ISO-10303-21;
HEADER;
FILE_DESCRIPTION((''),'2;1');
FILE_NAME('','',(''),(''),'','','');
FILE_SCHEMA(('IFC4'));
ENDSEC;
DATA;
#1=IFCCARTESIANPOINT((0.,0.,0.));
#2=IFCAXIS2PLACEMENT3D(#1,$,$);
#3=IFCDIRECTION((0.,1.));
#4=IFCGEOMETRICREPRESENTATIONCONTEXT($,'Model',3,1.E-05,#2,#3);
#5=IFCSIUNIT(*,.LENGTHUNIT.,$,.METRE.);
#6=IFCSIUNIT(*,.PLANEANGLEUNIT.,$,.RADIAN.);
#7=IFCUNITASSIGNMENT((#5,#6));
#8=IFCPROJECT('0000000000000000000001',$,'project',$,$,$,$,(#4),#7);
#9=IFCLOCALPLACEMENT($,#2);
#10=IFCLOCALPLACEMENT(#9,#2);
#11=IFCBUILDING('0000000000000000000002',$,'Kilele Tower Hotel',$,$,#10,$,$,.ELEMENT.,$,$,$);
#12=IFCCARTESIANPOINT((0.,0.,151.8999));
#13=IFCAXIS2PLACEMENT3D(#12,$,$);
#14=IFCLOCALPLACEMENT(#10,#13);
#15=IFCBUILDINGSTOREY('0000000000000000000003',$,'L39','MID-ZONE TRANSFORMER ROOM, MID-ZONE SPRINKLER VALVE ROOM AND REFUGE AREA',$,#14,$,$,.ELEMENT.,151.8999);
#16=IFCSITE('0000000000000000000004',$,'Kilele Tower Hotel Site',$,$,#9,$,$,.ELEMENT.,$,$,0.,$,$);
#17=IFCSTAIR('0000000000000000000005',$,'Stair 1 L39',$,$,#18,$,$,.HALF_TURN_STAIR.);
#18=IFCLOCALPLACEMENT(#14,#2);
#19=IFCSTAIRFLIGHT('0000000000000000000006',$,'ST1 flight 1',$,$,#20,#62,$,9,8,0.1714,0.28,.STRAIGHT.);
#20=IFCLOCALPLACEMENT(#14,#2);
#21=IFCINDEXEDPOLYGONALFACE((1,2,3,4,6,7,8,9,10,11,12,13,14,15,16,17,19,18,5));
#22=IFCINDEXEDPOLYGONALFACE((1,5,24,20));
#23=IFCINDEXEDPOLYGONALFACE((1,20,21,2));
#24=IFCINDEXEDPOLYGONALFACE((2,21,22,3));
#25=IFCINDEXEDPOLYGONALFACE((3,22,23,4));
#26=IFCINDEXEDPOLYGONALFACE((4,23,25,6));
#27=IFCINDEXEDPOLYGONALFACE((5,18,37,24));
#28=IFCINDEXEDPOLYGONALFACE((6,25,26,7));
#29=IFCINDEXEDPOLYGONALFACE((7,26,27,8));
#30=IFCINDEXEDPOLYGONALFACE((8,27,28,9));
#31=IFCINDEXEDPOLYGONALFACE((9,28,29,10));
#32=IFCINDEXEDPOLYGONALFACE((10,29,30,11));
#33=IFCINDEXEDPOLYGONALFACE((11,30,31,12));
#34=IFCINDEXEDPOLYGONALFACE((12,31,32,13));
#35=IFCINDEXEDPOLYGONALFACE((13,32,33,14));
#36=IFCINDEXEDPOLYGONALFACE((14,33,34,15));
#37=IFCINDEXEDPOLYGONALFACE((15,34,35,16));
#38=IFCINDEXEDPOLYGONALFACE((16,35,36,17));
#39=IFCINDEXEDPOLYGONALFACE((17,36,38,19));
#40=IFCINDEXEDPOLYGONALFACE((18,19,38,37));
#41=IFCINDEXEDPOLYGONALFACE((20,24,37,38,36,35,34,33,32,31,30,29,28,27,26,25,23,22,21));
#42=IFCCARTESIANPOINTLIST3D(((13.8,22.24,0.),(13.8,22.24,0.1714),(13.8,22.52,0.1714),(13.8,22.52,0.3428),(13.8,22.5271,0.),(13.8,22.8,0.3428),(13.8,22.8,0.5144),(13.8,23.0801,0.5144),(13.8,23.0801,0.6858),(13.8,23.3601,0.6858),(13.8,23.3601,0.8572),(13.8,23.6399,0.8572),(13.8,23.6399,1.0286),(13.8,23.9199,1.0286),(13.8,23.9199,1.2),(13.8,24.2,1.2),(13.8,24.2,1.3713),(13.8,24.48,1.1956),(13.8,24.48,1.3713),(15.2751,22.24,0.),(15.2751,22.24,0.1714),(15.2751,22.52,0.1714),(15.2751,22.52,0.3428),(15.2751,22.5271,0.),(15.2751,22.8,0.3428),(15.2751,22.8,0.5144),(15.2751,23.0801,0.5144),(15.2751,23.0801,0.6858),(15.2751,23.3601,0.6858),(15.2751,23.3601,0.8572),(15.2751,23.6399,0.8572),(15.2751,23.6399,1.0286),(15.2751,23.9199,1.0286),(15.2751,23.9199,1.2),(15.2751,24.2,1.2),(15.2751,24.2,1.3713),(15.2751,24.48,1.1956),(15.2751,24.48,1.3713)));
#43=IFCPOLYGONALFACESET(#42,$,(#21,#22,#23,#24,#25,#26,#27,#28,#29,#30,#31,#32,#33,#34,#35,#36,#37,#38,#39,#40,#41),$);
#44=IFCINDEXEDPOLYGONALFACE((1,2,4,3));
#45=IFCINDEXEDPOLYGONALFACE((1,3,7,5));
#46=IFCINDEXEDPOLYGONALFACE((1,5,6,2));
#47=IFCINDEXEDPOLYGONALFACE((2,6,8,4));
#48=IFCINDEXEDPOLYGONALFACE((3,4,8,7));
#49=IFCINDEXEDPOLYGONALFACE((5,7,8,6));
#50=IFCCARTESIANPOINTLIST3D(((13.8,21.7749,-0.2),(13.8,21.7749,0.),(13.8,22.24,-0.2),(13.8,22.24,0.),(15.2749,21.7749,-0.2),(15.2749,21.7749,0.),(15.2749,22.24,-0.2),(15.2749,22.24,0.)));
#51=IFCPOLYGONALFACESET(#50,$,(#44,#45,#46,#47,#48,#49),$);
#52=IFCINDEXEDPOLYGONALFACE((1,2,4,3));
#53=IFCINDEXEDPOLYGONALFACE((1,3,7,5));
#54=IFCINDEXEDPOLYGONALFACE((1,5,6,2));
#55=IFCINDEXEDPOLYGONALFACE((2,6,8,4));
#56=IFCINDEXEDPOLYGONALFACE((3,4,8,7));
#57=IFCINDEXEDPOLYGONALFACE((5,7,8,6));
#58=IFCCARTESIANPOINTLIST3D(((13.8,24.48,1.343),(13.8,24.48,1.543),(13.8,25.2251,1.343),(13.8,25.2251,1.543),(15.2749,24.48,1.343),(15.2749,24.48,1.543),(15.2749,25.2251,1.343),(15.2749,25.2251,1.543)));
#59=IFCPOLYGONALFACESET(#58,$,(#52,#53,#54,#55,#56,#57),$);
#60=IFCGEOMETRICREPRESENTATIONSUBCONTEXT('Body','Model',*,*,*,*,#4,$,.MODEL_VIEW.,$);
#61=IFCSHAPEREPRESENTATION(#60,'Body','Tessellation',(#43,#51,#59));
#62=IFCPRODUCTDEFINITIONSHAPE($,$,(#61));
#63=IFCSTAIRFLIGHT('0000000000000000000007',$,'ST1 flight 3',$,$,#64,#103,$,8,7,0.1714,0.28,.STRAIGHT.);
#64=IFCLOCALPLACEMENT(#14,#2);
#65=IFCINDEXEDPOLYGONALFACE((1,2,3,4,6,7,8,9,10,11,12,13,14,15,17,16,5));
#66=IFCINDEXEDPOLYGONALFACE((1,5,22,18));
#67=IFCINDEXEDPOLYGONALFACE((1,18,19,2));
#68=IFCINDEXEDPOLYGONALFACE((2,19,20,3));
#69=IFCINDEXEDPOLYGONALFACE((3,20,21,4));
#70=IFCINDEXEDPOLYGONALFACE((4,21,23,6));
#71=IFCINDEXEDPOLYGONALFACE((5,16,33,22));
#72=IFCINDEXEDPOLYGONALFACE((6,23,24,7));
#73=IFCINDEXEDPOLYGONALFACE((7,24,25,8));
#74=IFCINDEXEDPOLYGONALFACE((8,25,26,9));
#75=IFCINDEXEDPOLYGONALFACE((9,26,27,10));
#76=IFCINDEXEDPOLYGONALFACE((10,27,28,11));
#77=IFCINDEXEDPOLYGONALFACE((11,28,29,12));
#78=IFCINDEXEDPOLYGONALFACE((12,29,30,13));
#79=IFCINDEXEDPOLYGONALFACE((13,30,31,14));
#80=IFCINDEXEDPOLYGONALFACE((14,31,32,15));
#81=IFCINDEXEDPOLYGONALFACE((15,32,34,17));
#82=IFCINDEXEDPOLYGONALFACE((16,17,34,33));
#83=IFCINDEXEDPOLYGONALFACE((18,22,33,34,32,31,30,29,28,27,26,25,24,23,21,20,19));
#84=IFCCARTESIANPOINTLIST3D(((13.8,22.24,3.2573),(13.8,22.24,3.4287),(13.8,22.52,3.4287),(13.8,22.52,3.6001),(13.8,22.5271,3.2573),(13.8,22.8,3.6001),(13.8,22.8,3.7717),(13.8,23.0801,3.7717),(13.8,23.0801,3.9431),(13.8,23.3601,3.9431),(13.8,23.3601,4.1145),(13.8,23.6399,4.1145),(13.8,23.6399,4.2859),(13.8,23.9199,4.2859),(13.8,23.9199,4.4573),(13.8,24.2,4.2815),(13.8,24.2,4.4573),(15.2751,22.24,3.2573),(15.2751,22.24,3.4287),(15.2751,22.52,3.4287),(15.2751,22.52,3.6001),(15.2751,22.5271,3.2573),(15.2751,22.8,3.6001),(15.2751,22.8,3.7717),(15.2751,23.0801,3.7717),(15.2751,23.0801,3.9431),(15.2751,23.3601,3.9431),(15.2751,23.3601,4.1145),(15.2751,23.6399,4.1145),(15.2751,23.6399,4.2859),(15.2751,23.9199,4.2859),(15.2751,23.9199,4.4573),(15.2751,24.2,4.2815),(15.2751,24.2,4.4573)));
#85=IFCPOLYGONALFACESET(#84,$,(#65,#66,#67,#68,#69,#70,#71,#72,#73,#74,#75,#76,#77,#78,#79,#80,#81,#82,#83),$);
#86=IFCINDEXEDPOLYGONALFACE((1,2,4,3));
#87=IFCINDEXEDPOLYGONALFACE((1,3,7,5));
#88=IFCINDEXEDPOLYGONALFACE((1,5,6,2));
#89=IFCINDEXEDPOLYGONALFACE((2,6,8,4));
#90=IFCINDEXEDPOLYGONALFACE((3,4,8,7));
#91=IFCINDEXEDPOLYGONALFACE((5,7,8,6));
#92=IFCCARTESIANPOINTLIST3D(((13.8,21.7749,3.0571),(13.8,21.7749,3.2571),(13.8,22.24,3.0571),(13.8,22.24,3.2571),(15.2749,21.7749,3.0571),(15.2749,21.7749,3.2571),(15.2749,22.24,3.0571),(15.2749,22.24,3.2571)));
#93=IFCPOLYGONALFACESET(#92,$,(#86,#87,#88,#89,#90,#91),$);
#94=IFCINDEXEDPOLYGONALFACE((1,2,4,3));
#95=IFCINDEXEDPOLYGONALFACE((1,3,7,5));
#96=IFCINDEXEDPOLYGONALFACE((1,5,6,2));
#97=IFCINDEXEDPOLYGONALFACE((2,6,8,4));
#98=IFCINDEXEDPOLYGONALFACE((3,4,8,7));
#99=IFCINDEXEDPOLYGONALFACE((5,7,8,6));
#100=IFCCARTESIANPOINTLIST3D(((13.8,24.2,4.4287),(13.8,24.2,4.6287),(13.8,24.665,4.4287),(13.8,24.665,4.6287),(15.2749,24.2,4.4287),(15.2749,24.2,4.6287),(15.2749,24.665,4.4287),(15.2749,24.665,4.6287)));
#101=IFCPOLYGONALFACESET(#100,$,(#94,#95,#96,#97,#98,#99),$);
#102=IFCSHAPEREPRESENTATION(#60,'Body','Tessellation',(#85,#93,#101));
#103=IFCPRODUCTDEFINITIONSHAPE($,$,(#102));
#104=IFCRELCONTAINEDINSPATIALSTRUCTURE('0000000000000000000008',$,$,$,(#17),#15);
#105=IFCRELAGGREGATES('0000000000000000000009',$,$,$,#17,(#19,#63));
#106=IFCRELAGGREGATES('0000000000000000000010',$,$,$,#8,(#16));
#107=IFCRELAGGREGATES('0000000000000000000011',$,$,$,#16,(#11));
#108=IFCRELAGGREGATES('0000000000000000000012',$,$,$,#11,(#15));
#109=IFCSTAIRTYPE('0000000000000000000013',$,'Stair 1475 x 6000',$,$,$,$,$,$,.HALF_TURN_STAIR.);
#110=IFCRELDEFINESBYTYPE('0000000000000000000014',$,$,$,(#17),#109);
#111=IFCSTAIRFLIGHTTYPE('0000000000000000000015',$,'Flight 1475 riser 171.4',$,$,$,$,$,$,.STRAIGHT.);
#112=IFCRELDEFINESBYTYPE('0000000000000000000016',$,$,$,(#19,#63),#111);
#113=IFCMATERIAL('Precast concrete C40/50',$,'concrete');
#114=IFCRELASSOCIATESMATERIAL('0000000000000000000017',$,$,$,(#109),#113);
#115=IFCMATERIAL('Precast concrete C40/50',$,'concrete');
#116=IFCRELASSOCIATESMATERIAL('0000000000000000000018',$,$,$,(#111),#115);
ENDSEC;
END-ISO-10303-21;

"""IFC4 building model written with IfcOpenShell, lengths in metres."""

from ifc_helpers import new_model, si_unit, direction, frame, origin, place, context, subcontext, project, spatial, polyline, outline, extrude, material, type_object, element, aggregate, save


model = new_model("IFC4")

# Units and contexts
model_context = context("Model", 3, precision=1e-05, world=origin(), true_north=direction((0.0, 1.0)))
body_context = subcontext(model_context, "Body", "Model", "MODEL_VIEW")
ifc_project = project(units=[si_unit("LENGTHUNIT", "METRE"), si_unit("PLANEANGLEUNIT", "RADIAN")], contexts=[model_context])

# Site, building, storey
site_placement = place(None, origin())
site = spatial("IfcSite", under=ifc_project, at=site_placement, Name="Kilele Tower Hotel Site", CompositionType="ELEMENT", RefElevation=0.0)
building_placement = place(site_placement, origin())
building = spatial("IfcBuilding", under=site, at=building_placement, Name="Kilele Tower Hotel", CompositionType="ELEMENT")
storey_placement = place(building_placement, frame((0.0, 0.0, 151.8999)))
storey = spatial("IfcBuildingStorey", under=building, at=storey_placement, Name="L39", Description="MID-ZONE TRANSFORMER ROOM, MID-ZONE SPRINKLER VALVE ROOM AND REFUGE AREA", CompositionType="ELEMENT", Elevation=151.8999)

# Stair, stair flights
ifc_material_1 = material(Name="Precast concrete C40/50", Category="concrete")
stair_type = type_object("IfcStairType", Name="Stair 1475 x 6000", PredefinedType="HALF_TURN_STAIR", material=ifc_material_1)
stair_placement = place(storey_placement, origin())
stair = element("IfcStair", 1, at=stair_placement, inside=storey, type_object=stair_type, Name="Stair 1 L39", PredefinedType="HALF_TURN_STAIR")
ifc_material_2 = material(Name="Precast concrete C40/50", Category="concrete")
stair_flight_type = type_object("IfcStairFlightType", Name="Flight 1475 riser 171.4", PredefinedType="STRAIGHT", material=ifc_material_2)
stair_flight_1_placement = place(storey_placement, frame((14.5376, 22.24, 0.0), z_axis=(0.0, 0.0, 1.0), x_axis=(0.0, 1.0, 0.0)))
stair_flight_1 = element("IfcStairFlight", 2, at=stair_flight_1_placement, type_object=stair_flight_type, Name="ST1 flight 1", NumberOfRisers=9, NumberOfTreads=8, PredefinedType="STRAIGHT", RiserHeight=0.1714, TreadLength=0.28, context=body_context, shape_type="SweptSolid", body=[
    extrude(outline(polyline([(0.0, 0.0), (0.0, 0.1714), (0.28, 0.1714), (0.28, 0.3428), (0.5601, 0.3428), (0.5601, 0.5144), (0.8401, 0.5144), (0.8401, 0.6858), (1.1201, 0.6858), (1.1201, 0.8572), (1.3999, 0.8572), (1.3999, 1.0286), (1.6799, 1.0286), (1.6799, 1.2), (1.96, 1.2), (1.96, 1.3713), (2.24, 1.3713), (2.24, 1.543), (2.24, 1.1956), (0.2871, 0.0), (0.0, 0.0)])), frame((0.0, 0.7375, 0.0), z_axis=(0.0, -1.0, 0.0), x_axis=(1.0, 0.0, 0.0)), (0.0, 0.0, 1.0), 1.4751),
    extrude(outline(polyline([(-0.4651, 0.7375), (-0.4651, -0.7373), (0.0, -0.7373), (0.0, 0.7375), (-0.4651, 0.7375)])), frame((0.0, 0.0, -0.2)), (0.0, 0.0, 1.0), 0.2),
    extrude(outline(polyline([(2.24, 0.7375), (2.24, -0.7373), (2.9851, -0.7373), (2.9851, 0.7375), (2.24, 0.7375)])), frame((0.0, 0.0, 1.343)), (0.0, 0.0, 1.0), 0.2),
])
stair_flight_2_placement = place(storey_placement, frame((14.5376, 22.24, 3.2573), z_axis=(0.0, 0.0, 1.0), x_axis=(0.0, 1.0, 0.0)))
stair_flight_2 = element("IfcStairFlight", 3, at=stair_flight_2_placement, type_object=stair_flight_type, Name="ST1 flight 3", NumberOfRisers=8, NumberOfTreads=7, PredefinedType="STRAIGHT", RiserHeight=0.1714, TreadLength=0.28, context=body_context, shape_type="SweptSolid", body=[
    extrude(outline(polyline([(0.0, 0.0), (0.0, 0.1714), (0.28, 0.1714), (0.28, 0.3428), (0.5601, 0.3428), (0.5601, 0.5144), (0.8401, 0.5144), (0.8401, 0.6858), (1.1201, 0.6858), (1.1201, 0.8572), (1.3999, 0.8572), (1.3999, 1.0286), (1.6799, 1.0286), (1.6799, 1.2), (1.96, 1.2), (1.96, 1.3713), (1.96, 1.0242), (0.2871, 0.0), (0.0, 0.0)])), frame((0.0, 0.7375, 0.0), z_axis=(0.0, -1.0, 0.0), x_axis=(1.0, 0.0, 0.0)), (0.0, 0.0, 1.0), 1.4751),
    extrude(outline(polyline([(-0.4651, 0.7375), (-0.4651, -0.7373), (0.0, -0.7373), (0.0, 0.7375), (-0.4651, 0.7375)])), frame((0.0, 0.0, -0.2002)), (0.0, 0.0, 1.0), 0.2),
    extrude(outline(polyline([(1.96, 0.7375), (1.96, -0.7373), (2.425, -0.7373), (2.425, 0.7375), (1.96, 0.7375)])), frame((0.0, 0.0, 1.1714)), (0.0, 0.0, 1.0), 0.2),
])
aggregate(stair, [stair_flight_1, stair_flight_2])

save(model, "model.ifc")
